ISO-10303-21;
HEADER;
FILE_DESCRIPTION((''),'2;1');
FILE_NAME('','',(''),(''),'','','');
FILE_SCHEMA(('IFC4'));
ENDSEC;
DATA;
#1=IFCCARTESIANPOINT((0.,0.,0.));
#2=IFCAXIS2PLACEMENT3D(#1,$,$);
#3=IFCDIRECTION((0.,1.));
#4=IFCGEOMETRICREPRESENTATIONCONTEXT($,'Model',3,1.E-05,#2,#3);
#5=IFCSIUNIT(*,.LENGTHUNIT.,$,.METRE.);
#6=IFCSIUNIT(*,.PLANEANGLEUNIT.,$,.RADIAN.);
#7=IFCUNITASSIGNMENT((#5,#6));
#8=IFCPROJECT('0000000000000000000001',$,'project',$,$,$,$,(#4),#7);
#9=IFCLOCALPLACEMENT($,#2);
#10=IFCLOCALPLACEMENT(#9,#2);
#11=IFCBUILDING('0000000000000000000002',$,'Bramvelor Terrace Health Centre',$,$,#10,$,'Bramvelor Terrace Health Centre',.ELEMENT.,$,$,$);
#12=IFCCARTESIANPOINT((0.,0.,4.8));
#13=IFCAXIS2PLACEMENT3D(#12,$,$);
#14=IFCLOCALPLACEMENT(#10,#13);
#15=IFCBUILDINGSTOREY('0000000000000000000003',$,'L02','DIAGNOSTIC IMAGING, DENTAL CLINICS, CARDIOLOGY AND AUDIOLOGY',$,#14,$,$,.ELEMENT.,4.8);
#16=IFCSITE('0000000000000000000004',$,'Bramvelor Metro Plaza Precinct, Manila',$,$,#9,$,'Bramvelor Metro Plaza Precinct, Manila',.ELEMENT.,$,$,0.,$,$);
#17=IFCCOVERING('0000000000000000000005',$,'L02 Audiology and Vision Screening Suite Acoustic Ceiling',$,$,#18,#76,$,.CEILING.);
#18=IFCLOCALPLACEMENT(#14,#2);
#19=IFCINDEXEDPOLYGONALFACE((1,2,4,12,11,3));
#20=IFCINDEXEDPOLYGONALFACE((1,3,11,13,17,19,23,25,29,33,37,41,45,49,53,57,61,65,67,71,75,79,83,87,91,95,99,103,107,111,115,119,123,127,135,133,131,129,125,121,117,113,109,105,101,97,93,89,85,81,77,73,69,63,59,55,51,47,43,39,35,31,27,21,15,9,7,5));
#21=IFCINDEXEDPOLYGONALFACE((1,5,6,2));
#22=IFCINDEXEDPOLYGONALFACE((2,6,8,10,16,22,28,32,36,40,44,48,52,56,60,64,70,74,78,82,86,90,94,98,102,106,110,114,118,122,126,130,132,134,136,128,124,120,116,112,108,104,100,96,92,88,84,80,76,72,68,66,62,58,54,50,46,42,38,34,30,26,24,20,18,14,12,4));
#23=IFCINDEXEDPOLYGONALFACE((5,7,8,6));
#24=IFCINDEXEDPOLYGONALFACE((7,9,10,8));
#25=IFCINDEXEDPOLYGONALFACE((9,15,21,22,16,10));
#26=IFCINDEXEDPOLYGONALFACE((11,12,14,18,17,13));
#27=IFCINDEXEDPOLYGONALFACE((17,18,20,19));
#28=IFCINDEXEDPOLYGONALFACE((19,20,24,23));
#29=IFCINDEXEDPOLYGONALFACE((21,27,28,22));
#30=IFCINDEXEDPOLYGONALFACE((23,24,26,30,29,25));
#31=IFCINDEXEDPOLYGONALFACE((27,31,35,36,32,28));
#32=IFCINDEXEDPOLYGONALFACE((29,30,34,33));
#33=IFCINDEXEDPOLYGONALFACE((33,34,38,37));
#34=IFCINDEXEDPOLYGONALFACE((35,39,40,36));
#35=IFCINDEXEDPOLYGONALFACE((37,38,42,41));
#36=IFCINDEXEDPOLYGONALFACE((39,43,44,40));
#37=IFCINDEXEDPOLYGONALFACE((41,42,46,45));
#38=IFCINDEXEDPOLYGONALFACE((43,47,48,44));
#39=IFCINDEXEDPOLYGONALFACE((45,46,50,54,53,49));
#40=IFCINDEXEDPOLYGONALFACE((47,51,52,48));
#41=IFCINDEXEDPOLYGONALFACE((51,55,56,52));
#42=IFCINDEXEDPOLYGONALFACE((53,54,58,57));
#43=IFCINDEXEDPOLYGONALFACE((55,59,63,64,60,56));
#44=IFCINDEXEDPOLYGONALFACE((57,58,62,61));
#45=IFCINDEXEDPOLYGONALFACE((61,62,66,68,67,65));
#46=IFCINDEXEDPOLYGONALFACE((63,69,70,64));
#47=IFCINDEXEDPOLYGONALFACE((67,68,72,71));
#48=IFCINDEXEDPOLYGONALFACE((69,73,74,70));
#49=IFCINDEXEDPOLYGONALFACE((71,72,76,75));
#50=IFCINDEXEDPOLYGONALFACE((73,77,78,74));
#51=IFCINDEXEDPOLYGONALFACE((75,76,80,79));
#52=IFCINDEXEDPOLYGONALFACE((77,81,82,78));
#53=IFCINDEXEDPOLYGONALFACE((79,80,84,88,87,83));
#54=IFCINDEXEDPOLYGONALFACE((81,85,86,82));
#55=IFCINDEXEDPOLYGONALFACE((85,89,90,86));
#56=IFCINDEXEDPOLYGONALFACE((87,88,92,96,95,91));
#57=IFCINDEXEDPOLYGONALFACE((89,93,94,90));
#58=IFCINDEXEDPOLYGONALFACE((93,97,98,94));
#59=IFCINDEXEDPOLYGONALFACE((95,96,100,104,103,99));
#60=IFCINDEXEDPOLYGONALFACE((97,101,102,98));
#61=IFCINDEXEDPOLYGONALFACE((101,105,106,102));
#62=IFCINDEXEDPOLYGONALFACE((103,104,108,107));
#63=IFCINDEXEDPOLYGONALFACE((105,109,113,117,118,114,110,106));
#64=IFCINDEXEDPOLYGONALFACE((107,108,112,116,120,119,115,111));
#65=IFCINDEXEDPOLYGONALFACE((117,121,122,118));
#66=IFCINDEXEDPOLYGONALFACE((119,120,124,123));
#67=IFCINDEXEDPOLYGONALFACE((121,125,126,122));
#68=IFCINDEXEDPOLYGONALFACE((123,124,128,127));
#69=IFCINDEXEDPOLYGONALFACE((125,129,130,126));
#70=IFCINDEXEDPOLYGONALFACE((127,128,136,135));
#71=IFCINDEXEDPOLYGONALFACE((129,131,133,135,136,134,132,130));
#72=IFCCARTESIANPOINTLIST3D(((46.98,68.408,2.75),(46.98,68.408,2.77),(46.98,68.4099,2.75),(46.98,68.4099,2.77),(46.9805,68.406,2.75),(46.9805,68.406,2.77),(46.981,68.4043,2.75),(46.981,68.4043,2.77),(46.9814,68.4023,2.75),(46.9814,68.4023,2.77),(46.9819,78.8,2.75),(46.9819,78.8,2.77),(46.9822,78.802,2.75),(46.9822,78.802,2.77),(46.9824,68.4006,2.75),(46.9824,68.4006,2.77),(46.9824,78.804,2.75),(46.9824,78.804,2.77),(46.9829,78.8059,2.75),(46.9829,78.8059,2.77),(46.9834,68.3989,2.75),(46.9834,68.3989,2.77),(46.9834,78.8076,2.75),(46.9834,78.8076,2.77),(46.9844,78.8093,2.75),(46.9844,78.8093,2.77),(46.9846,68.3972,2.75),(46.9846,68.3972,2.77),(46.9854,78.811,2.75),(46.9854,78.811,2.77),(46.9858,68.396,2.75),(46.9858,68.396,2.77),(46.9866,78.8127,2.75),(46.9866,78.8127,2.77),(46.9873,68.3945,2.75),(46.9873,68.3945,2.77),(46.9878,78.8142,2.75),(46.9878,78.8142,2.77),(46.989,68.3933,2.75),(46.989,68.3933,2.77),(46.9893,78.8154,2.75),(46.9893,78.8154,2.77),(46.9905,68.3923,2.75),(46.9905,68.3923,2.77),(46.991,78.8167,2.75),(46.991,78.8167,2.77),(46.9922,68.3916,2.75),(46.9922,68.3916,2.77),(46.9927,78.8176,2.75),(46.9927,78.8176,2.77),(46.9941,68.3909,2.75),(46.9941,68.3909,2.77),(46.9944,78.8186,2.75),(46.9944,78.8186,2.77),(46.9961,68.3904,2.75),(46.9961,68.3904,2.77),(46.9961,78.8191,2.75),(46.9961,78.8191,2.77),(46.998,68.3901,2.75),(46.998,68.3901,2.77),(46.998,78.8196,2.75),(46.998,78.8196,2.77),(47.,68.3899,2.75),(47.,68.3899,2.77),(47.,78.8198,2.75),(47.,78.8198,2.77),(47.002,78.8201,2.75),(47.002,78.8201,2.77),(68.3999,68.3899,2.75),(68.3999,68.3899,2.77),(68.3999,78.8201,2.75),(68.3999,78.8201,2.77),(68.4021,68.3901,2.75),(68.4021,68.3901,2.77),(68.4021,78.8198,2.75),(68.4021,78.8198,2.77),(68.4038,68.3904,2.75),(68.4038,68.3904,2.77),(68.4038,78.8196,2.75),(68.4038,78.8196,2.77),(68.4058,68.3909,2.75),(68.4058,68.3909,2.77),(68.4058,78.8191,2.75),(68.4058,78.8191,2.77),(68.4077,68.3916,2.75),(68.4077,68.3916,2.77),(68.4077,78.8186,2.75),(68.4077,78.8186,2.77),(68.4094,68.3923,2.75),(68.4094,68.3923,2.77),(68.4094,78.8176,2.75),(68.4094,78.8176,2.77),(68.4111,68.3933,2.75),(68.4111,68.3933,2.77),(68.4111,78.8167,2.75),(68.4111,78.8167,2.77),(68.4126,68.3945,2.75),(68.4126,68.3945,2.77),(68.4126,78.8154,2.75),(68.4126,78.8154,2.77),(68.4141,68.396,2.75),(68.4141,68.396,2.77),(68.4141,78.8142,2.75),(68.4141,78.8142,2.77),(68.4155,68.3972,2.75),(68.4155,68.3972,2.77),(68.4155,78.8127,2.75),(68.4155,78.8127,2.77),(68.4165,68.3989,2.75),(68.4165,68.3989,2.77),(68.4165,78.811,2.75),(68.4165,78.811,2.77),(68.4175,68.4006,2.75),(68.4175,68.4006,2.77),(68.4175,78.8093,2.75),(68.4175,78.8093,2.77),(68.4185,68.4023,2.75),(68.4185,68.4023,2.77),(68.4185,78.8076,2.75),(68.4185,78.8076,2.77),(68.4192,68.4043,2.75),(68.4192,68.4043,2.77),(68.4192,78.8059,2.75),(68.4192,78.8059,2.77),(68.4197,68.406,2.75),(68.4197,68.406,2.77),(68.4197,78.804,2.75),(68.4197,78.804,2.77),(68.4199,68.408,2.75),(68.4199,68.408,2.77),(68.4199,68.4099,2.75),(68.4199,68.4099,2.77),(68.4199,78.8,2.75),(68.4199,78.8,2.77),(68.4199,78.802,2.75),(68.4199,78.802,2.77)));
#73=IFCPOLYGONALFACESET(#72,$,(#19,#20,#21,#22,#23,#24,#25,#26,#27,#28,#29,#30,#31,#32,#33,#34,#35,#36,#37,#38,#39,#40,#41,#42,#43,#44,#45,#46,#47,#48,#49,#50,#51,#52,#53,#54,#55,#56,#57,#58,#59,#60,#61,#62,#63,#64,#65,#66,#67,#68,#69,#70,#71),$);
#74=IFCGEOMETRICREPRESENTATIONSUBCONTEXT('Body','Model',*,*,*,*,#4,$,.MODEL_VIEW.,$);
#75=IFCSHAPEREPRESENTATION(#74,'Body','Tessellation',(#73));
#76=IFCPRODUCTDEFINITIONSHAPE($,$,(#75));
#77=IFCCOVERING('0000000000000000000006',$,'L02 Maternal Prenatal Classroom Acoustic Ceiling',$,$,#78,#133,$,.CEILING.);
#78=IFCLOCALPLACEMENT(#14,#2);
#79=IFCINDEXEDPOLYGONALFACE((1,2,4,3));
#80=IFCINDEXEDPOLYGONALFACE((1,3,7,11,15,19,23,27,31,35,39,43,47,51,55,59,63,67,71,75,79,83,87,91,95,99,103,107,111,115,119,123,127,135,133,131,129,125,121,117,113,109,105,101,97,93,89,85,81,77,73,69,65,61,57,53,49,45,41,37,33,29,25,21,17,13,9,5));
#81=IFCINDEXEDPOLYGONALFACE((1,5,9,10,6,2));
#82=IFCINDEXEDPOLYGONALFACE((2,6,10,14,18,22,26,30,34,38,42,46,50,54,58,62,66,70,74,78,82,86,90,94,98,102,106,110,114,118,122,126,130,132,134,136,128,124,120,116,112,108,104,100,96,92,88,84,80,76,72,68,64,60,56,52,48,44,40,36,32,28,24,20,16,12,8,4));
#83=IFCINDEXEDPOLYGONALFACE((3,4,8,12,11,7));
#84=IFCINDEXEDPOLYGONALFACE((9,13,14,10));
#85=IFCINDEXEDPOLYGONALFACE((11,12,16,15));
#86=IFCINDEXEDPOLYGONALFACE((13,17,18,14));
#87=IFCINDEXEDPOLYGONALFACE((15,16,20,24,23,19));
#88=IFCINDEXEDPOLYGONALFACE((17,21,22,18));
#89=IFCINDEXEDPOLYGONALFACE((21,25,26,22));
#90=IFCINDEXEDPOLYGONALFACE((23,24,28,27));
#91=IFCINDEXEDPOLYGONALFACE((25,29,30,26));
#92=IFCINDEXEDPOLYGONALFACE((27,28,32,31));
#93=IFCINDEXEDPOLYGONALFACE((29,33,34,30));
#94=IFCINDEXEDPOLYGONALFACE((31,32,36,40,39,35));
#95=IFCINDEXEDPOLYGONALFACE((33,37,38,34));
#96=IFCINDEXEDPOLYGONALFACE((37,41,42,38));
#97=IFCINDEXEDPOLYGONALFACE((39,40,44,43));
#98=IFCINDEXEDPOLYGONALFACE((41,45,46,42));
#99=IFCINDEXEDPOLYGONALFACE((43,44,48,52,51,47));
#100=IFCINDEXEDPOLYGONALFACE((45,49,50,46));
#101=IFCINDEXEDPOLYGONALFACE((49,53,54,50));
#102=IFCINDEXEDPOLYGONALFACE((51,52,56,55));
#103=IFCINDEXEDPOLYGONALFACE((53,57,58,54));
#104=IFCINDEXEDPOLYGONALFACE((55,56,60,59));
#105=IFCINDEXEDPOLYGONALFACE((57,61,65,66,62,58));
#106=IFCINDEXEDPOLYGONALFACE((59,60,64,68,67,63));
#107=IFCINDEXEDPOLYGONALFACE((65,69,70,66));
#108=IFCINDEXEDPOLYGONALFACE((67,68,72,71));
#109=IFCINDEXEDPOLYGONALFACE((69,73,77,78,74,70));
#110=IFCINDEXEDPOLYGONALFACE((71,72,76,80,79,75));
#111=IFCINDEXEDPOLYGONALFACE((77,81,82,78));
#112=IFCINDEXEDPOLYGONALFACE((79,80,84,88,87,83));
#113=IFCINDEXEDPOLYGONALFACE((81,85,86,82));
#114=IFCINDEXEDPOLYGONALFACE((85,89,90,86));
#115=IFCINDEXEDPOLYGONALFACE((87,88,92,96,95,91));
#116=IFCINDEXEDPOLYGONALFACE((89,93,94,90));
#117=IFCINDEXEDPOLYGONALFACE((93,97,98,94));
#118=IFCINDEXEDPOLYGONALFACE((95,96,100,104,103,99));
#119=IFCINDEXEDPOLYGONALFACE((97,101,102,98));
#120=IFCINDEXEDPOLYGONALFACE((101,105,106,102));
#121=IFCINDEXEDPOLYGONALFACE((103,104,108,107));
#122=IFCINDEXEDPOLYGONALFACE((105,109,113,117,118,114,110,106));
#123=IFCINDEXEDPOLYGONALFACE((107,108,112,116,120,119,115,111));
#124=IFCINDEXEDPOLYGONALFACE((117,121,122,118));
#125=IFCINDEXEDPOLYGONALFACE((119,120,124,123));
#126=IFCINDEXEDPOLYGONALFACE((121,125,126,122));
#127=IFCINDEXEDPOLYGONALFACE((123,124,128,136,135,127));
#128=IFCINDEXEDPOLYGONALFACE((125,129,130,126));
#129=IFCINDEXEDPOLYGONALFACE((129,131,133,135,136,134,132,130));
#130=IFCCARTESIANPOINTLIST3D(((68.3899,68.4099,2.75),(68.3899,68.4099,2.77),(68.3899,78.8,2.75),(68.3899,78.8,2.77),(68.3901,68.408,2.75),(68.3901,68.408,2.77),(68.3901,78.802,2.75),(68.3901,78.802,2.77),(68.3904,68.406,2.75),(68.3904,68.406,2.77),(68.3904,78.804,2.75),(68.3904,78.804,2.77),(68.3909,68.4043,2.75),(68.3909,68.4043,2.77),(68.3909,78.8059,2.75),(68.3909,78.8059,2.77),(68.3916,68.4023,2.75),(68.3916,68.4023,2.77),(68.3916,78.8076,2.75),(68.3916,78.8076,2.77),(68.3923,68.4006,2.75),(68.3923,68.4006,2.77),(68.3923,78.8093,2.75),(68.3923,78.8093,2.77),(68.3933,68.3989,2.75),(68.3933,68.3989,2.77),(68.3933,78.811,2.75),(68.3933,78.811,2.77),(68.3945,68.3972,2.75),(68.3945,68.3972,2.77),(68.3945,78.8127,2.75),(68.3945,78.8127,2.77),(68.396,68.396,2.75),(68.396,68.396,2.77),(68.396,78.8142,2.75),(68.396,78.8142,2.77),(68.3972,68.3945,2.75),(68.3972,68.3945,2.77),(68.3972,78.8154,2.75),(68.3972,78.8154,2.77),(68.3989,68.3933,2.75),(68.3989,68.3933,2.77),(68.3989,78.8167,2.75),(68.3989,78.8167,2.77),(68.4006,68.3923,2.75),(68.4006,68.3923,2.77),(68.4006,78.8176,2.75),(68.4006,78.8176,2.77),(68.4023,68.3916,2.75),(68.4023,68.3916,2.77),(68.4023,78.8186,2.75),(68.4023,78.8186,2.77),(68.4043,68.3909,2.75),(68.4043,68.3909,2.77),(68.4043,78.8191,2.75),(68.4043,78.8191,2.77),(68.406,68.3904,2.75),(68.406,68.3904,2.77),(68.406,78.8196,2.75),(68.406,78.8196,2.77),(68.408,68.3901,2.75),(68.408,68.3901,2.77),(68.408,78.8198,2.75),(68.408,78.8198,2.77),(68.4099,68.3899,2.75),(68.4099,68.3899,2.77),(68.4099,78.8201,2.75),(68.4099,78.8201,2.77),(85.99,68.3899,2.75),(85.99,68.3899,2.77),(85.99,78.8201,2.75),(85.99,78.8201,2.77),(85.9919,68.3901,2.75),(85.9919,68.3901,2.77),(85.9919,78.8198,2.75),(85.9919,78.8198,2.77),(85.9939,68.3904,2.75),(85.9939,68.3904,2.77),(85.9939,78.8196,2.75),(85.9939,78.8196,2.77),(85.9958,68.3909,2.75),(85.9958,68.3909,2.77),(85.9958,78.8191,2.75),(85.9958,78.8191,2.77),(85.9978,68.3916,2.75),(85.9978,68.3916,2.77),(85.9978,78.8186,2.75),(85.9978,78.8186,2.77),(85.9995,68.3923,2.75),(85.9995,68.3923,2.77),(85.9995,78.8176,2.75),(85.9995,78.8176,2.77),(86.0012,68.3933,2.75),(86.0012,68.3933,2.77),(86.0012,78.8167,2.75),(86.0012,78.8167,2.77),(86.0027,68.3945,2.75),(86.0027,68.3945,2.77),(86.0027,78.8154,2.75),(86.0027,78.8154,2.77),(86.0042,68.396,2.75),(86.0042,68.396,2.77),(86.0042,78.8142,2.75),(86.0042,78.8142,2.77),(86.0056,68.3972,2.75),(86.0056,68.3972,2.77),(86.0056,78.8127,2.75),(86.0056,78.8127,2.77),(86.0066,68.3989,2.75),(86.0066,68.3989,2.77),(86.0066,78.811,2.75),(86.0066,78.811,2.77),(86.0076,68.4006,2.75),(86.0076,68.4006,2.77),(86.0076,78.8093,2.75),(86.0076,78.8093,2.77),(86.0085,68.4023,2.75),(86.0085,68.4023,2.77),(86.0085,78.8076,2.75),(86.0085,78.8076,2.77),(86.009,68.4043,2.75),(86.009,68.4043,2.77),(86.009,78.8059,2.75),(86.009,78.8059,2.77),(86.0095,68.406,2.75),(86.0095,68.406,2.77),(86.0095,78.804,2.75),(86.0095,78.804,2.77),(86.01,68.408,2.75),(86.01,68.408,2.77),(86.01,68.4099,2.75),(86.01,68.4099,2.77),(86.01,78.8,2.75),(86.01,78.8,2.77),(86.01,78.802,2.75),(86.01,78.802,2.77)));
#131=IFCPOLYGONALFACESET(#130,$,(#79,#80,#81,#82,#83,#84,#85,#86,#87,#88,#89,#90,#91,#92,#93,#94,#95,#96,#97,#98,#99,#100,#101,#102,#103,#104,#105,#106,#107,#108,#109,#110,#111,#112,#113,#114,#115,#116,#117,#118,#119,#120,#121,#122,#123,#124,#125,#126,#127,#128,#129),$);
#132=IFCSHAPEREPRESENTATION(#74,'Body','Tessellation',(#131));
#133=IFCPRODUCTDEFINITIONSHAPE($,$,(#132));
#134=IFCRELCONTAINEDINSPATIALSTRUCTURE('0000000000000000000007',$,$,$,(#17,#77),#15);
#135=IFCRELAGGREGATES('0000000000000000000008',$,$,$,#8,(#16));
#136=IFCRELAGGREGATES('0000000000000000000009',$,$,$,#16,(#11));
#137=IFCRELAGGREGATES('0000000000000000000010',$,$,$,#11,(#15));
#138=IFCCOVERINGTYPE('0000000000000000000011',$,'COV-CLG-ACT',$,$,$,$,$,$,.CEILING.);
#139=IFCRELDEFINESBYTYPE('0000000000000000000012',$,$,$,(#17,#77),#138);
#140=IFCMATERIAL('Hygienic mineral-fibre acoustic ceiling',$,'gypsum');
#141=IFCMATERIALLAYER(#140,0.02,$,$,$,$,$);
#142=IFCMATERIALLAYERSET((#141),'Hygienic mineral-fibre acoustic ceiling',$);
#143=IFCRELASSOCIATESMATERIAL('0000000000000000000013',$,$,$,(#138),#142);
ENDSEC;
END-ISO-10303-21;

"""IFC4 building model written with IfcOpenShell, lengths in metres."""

from ifc_helpers import new_model, si_unit, direction, frame, origin, place, context, subcontext, project, spatial, polyline, outline, extrude, material, layer, layer_set, type_object, element, save


model = new_model("IFC4")

# Units and contexts
model_context = context("Model", 3, precision=1e-05, world=origin(), true_north=direction((0.0, 1.0)))
body_context = subcontext(model_context, "Body", "Model", "MODEL_VIEW")
ifc_project = project(units=[si_unit("LENGTHUNIT", "METRE"), si_unit("PLANEANGLEUNIT", "RADIAN")], contexts=[model_context])

# Site, building, storey
site_placement = place(None, origin())
site = spatial("IfcSite", under=ifc_project, at=site_placement, Name="Bramvelor Metro Plaza Precinct, Manila", LongName="Bramvelor Metro Plaza Precinct, Manila", CompositionType="ELEMENT", RefElevation=0.0)
building_placement = place(site_placement, origin())
building = spatial("IfcBuilding", under=site, at=building_placement, Name="Bramvelor Terrace Health Centre", LongName="Bramvelor Terrace Health Centre", CompositionType="ELEMENT")
storey_placement = place(building_placement, frame((0.0, 0.0, 4.8)))
storey = spatial("IfcBuildingStorey", under=building, at=storey_placement, Name="L02", Description="DIAGNOSTIC IMAGING, DENTAL CLINICS, CARDIOLOGY AND AUDIOLOGY", CompositionType="ELEMENT", Elevation=4.8)

# Coverings
ifc_material_1 = material(Name="Hygienic mineral-fibre acoustic ceiling", Category="gypsum")
ifc_layer_1 = layer(ifc_material_1, 0.02)
ifc_layer_set_1 = layer_set([ifc_layer_1], Name="Hygienic mineral-fibre acoustic ceiling")
covering_type_1 = type_object("IfcCoveringType", Name="COV-CLG-ACT", PredefinedType="CEILING", material=ifc_layer_set_1)
covering_1_placement = place(storey_placement, frame((0.0, 0.0, 2.75)))
element("IfcCovering", 1, at=covering_1_placement, inside=storey, type_object=covering_type_1, Name="L02 Audiology and Vision Screening Suite Acoustic Ceiling", PredefinedType="CEILING", context=body_context, shape_type="SweptSolid", body=[
    extrude(outline(polyline([(47.0, 68.3899), (46.998, 68.3901), (46.9961, 68.3904), (46.9941, 68.3909), (46.9922, 68.3916), (46.9905, 68.3923), (46.989, 68.3933), (46.9873, 68.3945), (46.9858, 68.396), (46.9846, 68.3972), (46.9834, 68.3989), (46.9824, 68.4006), (46.9814, 68.4023), (46.981, 68.4043), (46.9805, 68.406), (46.98, 68.408), (46.98, 68.4099), (46.9819, 78.8), (46.9822, 78.802), (46.9824, 78.804), (46.9829, 78.8059), (46.9834, 78.8076), (46.9844, 78.8093), (46.9854, 78.811), (46.9866, 78.8127), (46.9878, 78.8142), (46.9893, 78.8154), (46.991, 78.8167), (46.9927, 78.8176), (46.9944, 78.8186), (46.9961, 78.8191), (46.998, 78.8196), (47.0, 78.8198), (47.002, 78.8201), (68.3999, 78.8201), (68.4021, 78.8198), (68.4038, 78.8196), (68.4058, 78.8191), (68.4077, 78.8186), (68.4094, 78.8176), (68.4111, 78.8167), (68.4126, 78.8154), (68.4141, 78.8142), (68.4155, 78.8127), (68.4165, 78.811), (68.4175, 78.8093), (68.4185, 78.8076), (68.4192, 78.8059), (68.4197, 78.804), (68.4199, 78.802), (68.4199, 78.8), (68.4199, 68.4099), (68.4199, 68.408), (68.4197, 68.406), (68.4192, 68.4043), (68.4185, 68.4023), (68.4175, 68.4006), (68.4165, 68.3989), (68.4155, 68.3972), (68.4141, 68.396), (68.4126, 68.3945), (68.4111, 68.3933), (68.4094, 68.3923), (68.4077, 68.3916), (68.4058, 68.3909), (68.4038, 68.3904), (68.4021, 68.3901), (68.3999, 68.3899), (47.0, 68.3899)])), origin(), (0.0, 0.0, 1.0), 0.02),
])
covering_2_placement = place(storey_placement, frame((0.0, 0.0, 2.75)))
element("IfcCovering", 2, at=covering_2_placement, inside=storey, type_object=covering_type_1, Name="L02 Maternal Prenatal Classroom Acoustic Ceiling", PredefinedType="CEILING", context=body_context, shape_type="SweptSolid", body=[
    extrude(outline(polyline([(68.3899, 78.8), (68.3901, 78.802), (68.3904, 78.804), (68.3909, 78.8059), (68.3916, 78.8076), (68.3923, 78.8093), (68.3933, 78.811), (68.3945, 78.8127), (68.396, 78.8142), (68.3972, 78.8154), (68.3989, 78.8167), (68.4006, 78.8176), (68.4023, 78.8186), (68.4043, 78.8191), (68.406, 78.8196), (68.408, 78.8198), (68.4099, 78.8201), (85.99, 78.8201), (85.9919, 78.8198), (85.9939, 78.8196), (85.9958, 78.8191), (85.9978, 78.8186), (85.9995, 78.8176), (86.0012, 78.8167), (86.0027, 78.8154), (86.0042, 78.8142), (86.0056, 78.8127), (86.0066, 78.811), (86.0076, 78.8093), (86.0085, 78.8076), (86.009, 78.8059), (86.0095, 78.804), (86.01, 78.802), (86.01, 78.8), (86.01, 68.4099), (86.01, 68.408), (86.0095, 68.406), (86.009, 68.4043), (86.0085, 68.4023), (86.0076, 68.4006), (86.0066, 68.3989), (86.0056, 68.3972), (86.0042, 68.396), (86.0027, 68.3945), (86.0012, 68.3933), (85.9995, 68.3923), (85.9978, 68.3916), (85.9958, 68.3909), (85.9939, 68.3904), (85.9919, 68.3901), (85.99, 68.3899), (68.4099, 68.3899), (68.408, 68.3901), (68.406, 68.3904), (68.4043, 68.3909), (68.4023, 68.3916), (68.4006, 68.3923), (68.3989, 68.3933), (68.3972, 68.3945), (68.396, 68.396), (68.3945, 68.3972), (68.3933, 68.3989), (68.3923, 68.4006), (68.3916, 68.4023), (68.3909, 68.4043), (68.3904, 68.406), (68.3901, 68.408), (68.3899, 68.4099), (68.3899, 78.8)])), origin(), (0.0, 0.0, 1.0), 0.02),
])

save(model, "model.ifc")
